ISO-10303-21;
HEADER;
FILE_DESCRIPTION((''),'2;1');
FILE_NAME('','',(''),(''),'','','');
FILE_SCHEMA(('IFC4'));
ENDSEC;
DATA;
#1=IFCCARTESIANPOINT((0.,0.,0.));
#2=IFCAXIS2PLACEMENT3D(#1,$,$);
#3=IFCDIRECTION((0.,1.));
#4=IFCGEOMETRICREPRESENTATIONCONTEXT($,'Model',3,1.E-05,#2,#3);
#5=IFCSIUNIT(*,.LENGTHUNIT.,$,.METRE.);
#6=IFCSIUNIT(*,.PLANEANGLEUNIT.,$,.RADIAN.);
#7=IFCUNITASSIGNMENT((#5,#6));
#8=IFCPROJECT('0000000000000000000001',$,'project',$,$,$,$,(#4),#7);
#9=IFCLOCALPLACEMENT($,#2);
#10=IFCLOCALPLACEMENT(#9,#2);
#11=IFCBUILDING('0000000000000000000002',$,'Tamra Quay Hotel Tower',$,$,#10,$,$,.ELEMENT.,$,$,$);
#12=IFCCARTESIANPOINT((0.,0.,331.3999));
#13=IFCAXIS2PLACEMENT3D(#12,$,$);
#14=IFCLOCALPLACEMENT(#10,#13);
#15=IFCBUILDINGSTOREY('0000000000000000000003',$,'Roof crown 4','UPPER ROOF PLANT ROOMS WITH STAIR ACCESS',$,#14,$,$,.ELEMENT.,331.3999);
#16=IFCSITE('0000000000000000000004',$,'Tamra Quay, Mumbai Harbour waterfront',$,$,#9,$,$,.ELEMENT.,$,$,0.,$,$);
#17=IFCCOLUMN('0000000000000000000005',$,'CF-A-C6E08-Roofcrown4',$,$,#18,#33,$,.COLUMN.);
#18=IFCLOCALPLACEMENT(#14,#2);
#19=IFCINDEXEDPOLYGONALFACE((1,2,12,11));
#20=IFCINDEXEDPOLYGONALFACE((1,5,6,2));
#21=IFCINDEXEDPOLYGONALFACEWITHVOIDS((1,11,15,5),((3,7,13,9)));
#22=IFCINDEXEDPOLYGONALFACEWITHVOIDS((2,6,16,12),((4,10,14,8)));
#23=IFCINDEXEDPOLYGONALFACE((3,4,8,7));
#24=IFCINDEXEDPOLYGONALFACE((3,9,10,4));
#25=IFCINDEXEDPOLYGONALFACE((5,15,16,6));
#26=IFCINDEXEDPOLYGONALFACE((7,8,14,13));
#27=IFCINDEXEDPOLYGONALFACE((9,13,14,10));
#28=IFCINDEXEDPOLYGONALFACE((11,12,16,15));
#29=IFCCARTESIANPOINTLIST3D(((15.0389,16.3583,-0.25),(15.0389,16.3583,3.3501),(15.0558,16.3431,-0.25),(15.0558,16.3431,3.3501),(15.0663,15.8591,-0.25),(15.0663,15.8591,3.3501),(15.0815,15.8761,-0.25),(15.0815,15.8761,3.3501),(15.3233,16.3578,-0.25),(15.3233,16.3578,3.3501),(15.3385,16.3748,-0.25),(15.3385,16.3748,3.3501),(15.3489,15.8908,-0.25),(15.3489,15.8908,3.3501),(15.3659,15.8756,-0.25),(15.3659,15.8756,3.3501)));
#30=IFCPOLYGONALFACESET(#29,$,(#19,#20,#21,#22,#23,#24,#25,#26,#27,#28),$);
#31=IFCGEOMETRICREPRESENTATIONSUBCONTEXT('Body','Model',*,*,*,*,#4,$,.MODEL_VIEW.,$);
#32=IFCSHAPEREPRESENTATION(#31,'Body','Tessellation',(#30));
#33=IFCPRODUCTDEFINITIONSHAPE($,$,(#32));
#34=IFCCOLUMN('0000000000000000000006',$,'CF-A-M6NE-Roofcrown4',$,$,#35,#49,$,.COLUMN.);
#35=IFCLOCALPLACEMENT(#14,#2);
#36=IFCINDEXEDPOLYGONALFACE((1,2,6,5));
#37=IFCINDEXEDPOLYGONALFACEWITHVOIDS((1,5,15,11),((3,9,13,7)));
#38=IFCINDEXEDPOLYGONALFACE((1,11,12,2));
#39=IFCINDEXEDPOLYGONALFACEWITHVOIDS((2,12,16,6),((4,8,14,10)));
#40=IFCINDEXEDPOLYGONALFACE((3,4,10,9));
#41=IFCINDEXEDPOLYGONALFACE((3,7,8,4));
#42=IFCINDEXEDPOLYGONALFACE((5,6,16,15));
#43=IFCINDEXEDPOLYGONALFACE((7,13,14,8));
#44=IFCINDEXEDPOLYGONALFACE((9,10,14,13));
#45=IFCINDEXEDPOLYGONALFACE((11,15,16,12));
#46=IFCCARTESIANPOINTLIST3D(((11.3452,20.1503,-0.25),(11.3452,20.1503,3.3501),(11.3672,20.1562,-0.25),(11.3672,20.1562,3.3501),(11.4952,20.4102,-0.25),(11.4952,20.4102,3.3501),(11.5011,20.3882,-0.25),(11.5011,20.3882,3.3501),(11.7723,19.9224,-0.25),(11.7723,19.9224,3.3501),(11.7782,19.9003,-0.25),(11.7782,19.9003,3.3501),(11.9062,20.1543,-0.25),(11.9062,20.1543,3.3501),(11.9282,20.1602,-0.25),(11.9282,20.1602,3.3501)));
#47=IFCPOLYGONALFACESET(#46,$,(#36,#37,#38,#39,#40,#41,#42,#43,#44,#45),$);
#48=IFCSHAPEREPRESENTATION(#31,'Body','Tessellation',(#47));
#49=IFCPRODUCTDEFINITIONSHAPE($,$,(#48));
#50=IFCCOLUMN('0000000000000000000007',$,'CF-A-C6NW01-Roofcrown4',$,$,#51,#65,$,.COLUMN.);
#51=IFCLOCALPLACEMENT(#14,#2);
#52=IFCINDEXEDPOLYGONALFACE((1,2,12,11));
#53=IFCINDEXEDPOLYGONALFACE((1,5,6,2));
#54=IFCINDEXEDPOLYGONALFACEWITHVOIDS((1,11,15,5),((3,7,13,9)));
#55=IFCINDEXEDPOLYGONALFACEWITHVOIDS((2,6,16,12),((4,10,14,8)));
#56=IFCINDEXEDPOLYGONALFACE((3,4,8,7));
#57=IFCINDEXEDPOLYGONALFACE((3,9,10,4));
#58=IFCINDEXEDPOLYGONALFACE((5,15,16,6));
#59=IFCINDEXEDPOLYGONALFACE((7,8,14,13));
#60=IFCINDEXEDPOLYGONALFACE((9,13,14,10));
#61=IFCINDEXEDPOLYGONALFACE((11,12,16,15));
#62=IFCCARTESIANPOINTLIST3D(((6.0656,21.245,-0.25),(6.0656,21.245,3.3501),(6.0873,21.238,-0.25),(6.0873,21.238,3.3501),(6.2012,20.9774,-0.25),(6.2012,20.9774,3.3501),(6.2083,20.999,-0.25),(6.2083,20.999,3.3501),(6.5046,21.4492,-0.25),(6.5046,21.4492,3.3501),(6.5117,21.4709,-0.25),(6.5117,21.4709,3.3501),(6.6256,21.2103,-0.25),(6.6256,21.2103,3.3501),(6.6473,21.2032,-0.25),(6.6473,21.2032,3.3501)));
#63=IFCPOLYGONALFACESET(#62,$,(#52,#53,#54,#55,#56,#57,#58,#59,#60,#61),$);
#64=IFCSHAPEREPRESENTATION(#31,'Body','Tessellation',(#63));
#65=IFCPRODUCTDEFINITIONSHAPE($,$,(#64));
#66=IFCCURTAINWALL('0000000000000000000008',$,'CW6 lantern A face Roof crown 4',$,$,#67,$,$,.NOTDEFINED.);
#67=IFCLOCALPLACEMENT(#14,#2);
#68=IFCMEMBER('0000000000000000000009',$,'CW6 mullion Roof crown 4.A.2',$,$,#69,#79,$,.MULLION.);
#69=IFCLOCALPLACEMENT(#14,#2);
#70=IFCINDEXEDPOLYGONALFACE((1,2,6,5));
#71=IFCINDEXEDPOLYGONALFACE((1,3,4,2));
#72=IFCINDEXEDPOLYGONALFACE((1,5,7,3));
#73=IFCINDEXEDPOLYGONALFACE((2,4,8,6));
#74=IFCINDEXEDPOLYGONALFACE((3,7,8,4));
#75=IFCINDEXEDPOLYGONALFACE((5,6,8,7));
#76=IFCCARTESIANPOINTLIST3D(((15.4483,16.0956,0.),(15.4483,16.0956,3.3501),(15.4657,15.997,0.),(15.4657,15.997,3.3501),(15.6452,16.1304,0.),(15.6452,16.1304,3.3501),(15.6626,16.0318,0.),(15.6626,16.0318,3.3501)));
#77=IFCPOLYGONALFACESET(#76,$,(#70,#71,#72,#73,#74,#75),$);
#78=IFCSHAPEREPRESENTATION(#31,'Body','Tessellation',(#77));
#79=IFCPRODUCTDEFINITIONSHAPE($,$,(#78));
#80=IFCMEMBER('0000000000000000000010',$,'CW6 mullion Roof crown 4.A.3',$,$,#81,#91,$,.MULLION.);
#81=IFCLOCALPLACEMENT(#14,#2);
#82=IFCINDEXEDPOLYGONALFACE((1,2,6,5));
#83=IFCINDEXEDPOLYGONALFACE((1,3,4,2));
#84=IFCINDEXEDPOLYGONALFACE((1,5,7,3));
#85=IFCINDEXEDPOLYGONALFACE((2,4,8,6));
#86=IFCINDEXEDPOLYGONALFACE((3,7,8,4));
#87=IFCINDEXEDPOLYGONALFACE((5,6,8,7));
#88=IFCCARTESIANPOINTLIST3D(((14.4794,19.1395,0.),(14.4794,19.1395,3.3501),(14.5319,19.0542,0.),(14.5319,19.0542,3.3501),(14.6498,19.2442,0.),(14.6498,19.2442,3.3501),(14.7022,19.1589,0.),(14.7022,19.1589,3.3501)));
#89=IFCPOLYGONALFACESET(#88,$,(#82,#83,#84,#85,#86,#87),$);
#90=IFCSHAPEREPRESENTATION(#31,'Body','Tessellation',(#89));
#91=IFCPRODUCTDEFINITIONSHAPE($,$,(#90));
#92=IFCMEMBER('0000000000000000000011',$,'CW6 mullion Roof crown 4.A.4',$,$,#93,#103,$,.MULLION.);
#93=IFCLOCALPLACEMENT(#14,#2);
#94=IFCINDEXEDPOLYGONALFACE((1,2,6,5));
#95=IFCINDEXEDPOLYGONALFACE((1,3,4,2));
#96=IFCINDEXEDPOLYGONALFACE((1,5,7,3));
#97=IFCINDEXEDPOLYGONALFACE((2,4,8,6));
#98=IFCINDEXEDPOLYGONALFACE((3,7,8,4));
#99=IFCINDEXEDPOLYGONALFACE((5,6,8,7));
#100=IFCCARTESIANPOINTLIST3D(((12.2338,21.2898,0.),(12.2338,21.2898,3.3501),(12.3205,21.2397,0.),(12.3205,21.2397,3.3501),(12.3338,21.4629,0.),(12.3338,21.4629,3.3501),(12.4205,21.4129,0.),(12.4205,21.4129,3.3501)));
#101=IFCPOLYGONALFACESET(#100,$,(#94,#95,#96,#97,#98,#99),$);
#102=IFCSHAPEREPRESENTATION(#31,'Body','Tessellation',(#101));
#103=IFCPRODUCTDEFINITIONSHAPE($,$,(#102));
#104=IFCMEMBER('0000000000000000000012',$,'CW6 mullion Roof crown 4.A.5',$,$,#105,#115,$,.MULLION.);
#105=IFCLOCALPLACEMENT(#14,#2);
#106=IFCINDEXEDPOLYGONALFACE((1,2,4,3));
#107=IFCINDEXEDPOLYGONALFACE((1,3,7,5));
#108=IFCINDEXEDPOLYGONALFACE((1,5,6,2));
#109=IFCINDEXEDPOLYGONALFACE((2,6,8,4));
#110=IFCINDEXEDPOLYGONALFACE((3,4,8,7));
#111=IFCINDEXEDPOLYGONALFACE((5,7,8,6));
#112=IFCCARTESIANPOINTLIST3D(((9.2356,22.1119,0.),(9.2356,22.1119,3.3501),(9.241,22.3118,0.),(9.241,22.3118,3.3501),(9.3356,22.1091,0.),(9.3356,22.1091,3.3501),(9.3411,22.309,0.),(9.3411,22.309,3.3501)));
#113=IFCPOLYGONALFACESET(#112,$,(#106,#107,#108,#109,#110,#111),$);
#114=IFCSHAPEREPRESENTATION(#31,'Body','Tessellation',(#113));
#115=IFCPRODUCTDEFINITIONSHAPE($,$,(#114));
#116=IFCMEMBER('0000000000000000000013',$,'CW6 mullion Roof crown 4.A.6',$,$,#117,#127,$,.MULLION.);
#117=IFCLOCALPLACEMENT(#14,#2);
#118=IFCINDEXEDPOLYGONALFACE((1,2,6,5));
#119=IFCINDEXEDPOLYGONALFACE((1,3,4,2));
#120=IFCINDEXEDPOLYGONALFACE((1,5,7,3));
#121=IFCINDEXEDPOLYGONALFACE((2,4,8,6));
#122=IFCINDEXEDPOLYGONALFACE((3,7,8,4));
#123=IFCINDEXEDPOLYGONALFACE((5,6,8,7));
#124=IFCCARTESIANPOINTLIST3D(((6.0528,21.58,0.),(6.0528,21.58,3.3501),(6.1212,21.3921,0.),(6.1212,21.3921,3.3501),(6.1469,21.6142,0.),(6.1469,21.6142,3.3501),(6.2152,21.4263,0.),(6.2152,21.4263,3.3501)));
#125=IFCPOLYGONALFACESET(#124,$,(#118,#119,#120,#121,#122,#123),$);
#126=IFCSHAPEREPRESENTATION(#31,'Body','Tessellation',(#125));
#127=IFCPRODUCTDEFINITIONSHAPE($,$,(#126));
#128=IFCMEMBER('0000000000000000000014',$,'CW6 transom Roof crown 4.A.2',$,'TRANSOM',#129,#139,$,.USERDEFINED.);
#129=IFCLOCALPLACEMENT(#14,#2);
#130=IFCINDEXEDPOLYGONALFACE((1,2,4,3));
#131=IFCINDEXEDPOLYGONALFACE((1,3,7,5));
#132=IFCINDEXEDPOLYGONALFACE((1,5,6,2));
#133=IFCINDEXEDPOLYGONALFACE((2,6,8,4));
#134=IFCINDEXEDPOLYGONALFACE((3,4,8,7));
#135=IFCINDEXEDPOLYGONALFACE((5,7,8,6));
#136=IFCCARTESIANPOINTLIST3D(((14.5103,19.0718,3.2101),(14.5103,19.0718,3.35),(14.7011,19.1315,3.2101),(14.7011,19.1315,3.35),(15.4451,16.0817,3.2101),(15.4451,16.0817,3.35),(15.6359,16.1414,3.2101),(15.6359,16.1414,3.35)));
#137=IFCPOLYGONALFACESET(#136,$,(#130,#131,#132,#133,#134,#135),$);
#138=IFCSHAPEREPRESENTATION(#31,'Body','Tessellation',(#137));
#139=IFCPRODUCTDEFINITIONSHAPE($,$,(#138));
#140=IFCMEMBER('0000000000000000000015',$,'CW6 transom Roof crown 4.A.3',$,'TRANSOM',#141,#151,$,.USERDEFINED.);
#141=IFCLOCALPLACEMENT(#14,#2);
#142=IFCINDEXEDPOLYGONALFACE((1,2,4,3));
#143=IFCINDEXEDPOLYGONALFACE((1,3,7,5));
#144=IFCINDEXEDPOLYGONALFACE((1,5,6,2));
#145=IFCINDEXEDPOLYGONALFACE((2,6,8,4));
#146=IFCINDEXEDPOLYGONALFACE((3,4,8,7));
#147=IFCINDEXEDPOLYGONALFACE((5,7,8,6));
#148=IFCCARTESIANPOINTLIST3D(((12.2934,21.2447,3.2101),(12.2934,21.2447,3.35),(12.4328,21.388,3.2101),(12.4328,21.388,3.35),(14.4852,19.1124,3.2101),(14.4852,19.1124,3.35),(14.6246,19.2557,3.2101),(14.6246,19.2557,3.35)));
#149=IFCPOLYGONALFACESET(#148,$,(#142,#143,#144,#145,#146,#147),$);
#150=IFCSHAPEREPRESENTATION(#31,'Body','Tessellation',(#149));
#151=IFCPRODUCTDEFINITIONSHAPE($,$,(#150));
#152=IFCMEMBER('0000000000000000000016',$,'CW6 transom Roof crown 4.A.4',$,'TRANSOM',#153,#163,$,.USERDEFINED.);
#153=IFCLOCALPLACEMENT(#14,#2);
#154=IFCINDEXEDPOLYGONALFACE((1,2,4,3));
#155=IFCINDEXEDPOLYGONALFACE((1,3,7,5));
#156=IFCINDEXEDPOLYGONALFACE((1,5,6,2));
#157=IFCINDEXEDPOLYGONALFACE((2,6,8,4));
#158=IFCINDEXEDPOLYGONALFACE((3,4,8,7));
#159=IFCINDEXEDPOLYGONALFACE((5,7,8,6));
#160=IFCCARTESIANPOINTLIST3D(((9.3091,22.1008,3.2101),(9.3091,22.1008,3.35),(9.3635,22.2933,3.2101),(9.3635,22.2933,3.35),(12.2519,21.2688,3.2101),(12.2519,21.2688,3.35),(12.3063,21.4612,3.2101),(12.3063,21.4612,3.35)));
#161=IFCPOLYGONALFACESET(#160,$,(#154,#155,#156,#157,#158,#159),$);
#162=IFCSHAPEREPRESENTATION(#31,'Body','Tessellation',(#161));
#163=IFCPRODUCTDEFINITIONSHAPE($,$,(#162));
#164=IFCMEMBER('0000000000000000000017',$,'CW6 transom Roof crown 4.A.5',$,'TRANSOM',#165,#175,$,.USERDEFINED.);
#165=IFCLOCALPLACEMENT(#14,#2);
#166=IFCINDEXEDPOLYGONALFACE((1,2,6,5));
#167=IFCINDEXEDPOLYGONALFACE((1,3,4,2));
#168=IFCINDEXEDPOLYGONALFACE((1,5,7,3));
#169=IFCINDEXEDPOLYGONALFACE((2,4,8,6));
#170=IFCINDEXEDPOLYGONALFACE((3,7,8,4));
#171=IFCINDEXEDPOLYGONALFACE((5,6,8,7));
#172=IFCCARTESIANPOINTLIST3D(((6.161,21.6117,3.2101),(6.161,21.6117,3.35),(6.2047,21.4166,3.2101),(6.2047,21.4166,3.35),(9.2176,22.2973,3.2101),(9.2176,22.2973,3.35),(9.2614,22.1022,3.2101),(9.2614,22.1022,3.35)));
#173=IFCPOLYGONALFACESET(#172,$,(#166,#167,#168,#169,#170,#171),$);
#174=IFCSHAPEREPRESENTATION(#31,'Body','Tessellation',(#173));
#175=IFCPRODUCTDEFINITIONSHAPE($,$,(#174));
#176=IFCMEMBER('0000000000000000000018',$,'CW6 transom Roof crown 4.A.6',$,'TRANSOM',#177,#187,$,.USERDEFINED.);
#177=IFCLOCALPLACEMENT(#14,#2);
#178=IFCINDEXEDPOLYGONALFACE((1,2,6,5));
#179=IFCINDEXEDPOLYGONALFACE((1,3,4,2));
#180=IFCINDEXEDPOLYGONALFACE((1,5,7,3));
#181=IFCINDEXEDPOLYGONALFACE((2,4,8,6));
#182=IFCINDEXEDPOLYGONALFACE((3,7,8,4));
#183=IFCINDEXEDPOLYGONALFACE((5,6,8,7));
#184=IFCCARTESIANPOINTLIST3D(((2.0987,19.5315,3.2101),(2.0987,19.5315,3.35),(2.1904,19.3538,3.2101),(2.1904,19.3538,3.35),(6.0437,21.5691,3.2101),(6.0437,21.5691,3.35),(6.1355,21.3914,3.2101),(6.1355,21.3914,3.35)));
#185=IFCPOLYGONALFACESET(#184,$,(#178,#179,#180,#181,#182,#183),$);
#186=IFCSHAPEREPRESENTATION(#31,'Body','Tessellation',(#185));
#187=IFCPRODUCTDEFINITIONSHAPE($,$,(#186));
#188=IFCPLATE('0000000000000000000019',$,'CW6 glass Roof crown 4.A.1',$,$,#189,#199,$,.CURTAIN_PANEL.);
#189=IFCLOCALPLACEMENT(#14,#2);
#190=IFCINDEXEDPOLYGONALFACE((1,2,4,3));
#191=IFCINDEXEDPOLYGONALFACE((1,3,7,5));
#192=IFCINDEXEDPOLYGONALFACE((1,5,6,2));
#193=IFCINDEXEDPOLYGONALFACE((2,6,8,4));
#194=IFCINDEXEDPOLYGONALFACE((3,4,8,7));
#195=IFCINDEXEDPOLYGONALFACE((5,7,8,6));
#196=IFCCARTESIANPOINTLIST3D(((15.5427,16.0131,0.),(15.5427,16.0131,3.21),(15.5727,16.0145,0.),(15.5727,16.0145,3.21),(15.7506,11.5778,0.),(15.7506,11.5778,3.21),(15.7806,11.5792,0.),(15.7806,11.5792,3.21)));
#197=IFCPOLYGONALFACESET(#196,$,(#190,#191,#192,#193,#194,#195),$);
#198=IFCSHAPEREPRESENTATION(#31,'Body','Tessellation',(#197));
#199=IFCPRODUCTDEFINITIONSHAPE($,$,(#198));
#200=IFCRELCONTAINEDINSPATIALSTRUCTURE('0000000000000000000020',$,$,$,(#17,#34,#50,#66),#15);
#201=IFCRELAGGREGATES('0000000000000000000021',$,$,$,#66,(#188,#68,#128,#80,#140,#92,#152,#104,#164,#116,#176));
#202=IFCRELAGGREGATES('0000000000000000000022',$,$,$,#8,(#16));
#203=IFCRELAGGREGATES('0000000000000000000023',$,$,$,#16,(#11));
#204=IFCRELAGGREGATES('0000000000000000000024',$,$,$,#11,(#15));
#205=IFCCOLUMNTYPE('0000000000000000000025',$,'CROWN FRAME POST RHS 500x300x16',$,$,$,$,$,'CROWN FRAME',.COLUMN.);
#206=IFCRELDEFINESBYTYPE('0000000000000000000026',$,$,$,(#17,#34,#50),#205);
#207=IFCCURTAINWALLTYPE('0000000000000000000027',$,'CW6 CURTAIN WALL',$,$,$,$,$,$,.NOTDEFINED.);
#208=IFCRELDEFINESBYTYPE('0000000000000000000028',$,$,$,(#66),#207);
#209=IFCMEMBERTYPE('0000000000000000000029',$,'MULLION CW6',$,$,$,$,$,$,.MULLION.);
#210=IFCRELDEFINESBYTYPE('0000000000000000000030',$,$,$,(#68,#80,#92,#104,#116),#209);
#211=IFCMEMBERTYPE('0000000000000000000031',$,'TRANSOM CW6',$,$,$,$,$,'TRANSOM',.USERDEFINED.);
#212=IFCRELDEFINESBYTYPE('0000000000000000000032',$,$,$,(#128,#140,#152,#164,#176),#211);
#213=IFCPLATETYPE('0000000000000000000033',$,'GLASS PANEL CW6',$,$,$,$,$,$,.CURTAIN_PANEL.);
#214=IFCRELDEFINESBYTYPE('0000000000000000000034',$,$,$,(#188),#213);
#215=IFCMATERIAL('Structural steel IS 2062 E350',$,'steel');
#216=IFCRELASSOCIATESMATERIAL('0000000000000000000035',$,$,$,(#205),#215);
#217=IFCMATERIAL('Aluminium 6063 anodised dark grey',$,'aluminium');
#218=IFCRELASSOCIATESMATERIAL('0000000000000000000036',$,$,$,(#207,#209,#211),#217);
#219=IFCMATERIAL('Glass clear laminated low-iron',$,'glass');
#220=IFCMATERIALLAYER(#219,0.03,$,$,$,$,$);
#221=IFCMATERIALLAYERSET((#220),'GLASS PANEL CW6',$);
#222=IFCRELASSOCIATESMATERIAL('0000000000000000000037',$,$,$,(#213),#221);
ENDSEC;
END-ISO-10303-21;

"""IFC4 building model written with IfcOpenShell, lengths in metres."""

from ifc_helpers import new_model, si_unit, direction, frame, origin, origin_2d, place, context, subcontext, project, spatial, rectangle, hollow_rectangle, extrude, material, layer, layer_set, material_profile, profile_set, type_object, element, aggregate, save


model = new_model("IFC4")

# Units and contexts
model_context = context("Model", 3, precision=1e-05, world=origin(), true_north=direction((0.0, 1.0)))
body_context = subcontext(model_context, "Body", "Model", "MODEL_VIEW")
ifc_project = project(units=[si_unit("LENGTHUNIT", "METRE"), si_unit("PLANEANGLEUNIT", "RADIAN")], contexts=[model_context])

# Site, building, storey
site_placement = place(None, origin())
site = spatial("IfcSite", under=ifc_project, at=site_placement, Name="Tamra Quay, Mumbai Harbour waterfront", CompositionType="ELEMENT", RefElevation=0.0)
building_placement = place(site_placement, origin())
building = spatial("IfcBuilding", under=site, at=building_placement, Name="Tamra Quay Hotel Tower", CompositionType="ELEMENT")
storey_placement = place(building_placement, frame((0.0, 0.0, 331.3999)))
storey = spatial("IfcBuildingStorey", under=building, at=storey_placement, Name="Roof crown 4", Description="UPPER ROOF PLANT ROOMS WITH STAIR ACCESS", CompositionType="ELEMENT", Elevation=331.3999)

# Columns
ifc_material_1 = material(Name="Structural steel IS 2062 E350", Category="steel")
ifc_material_profile_1 = material_profile(ifc_material_1, hollow_rectangle(XDim=0.3, YDim=0.5, WallThickness=0.0161, at=origin_2d()), Name="RHS 500x300x16")
ifc_profile_set_1 = profile_set([ifc_material_profile_1], Name="Structural steel IS 2062 E350")
column_type = type_object("IfcColumnType", Name="CROWN FRAME POST RHS 500x300x16", ElementType="CROWN FRAME", PredefinedType="COLUMN", material=ifc_profile_set_1)
for number, where, z_axis, x_axis, name in (
    (1, (15.2024, 16.1169, -0.25), (0.0, 0.0, 1.0), (0.998491, 0.054917, 0.0), "CF-A-C6E08-Roofcrown4"),
    (2, (11.6367, 20.1553, -0.25), (0.0, 0.0, 1.0), (0.5, 0.866025, 0.0), "CF-A-M6NE-Roofcrown4"),
    (3, (6.3564, 21.2241, -0.25), (0.0, 0.0, 1.0), (-0.451686, 0.892177, 0.0), "CF-A-C6NW01-Roofcrown4"),
):
    element("IfcColumn", number, at=place(storey_placement, frame(where, z_axis=z_axis, x_axis=x_axis)), inside=storey, type_object=column_type, Name=name, PredefinedType="COLUMN", context=body_context, shape_type="SweptSolid", body=[
        extrude(hollow_rectangle(XDim=0.3, YDim=0.5, WallThickness=0.0161, at=origin_2d()), origin(), (0.0, 0.0, 1.0), 3.6001),
    ])

# Curtain wall, members, plate
ifc_material_2 = material(Name="Aluminium 6063 anodised dark grey", Category="aluminium")
curtain_wall_type = type_object("IfcCurtainWallType", Name="CW6 CURTAIN WALL", PredefinedType="NOTDEFINED", material=ifc_material_2)
curtain_wall_placement = place(storey_placement, origin())
curtain_wall = element("IfcCurtainWall", 4, at=curtain_wall_placement, inside=storey, type_object=curtain_wall_type, Name="CW6 lantern A face Roof crown 4", PredefinedType="NOTDEFINED")
ifc_material_profile_2 = material_profile(ifc_material_2, rectangle(XDim=0.2, YDim=0.1001, at=origin_2d()), Name="MULLION 100X200")
ifc_profile_set_2 = profile_set([ifc_material_profile_2], Name="Aluminium 6063 anodised dark grey")
member_type_1 = type_object("IfcMemberType", Name="MULLION CW6", PredefinedType="MULLION", material=ifc_profile_set_2)
member_1_placement = place(storey_placement, frame((15.5554, 16.0637, 0.0), z_axis=(0.0, 0.0, 1.0), x_axis=(0.98474, 0.174032, 0.0)))
member_1 = element("IfcMember", 5, at=member_1_placement, type_object=member_type_1, Name="CW6 mullion Roof crown 4.A.2", PredefinedType="MULLION", context=body_context, shape_type="SweptSolid", body=[
    extrude(rectangle(XDim=0.2, YDim=0.1001, at=origin_2d()), origin(), (0.0, 0.0, 1.0), 3.3501),
])
member_2_placement = place(storey_placement, frame((14.5908, 19.1492, 0.0), z_axis=(0.0, 0.0, 1.0), x_axis=(0.851964, 0.5236, 0.0)))
member_2 = element("IfcMember", 6, at=member_2_placement, type_object=member_type_1, Name="CW6 mullion Roof crown 4.A.3", PredefinedType="MULLION", context=body_context, shape_type="SweptSolid", body=[
    extrude(rectangle(XDim=0.2, YDim=0.1001, at=origin_2d()), origin(), (0.0, 0.0, 1.0), 3.3501),
])
member_3_placement = place(storey_placement, frame((12.3271, 21.3513, 0.0), z_axis=(0.0, 0.0, 1.0), x_axis=(0.5, 0.866025, 0.0)))
member_3 = element("IfcMember", 7, at=member_3_placement, type_object=member_type_1, Name="CW6 mullion Roof crown 4.A.4", PredefinedType="MULLION", context=body_context, shape_type="SweptSolid", body=[
    extrude(rectangle(XDim=0.2, YDim=0.1001, at=origin_2d()), origin(), (0.0, 0.0, 1.0), 3.3501),
])
member_4_placement = place(storey_placement, frame((9.2883, 22.2104, 0.0), z_axis=(0.0, 0.0, 1.0), x_axis=(0.027469, 0.999623, 0.0)))
member_4 = element("IfcMember", 8, at=member_4_placement, type_object=member_type_1, Name="CW6 mullion Roof crown 4.A.5", PredefinedType="MULLION", context=body_context, shape_type="SweptSolid", body=[
    extrude(rectangle(XDim=0.2, YDim=0.1001, at=origin_2d()), origin(), (0.0, 0.0, 1.0), 3.3501),
])
member_5_placement = place(storey_placement, frame((6.134, 21.5032, 0.0), z_axis=(0.0, 0.0, 1.0), x_axis=(-0.341653, 0.939826, 0.0)))
member_5 = element("IfcMember", 9, at=member_5_placement, type_object=member_type_1, Name="CW6 mullion Roof crown 4.A.6", PredefinedType="MULLION", context=body_context, shape_type="SweptSolid", body=[
    extrude(rectangle(XDim=0.2, YDim=0.1001, at=origin_2d()), origin(), (0.0, 0.0, 1.0), 3.3501),
])
ifc_material_profile_3 = material_profile(ifc_material_2, rectangle(XDim=0.2, YDim=0.1399, at=origin_2d()), Name="TRANSOM 200X140")
ifc_profile_set_3 = profile_set([ifc_material_profile_3], Name="Aluminium 6063 anodised dark grey")
member_type_2 = type_object("IfcMemberType", Name="TRANSOM CW6", ElementType="TRANSOM", PredefinedType="USERDEFINED", material=ifc_profile_set_3)
member_6_placement = place(storey_placement, frame((15.5405, 16.1116, 3.28), z_axis=(-0.298404, 0.95444, 0.0), x_axis=(-0.95444, -0.298404, 0.0)))
member_6 = element("IfcMember", 10, at=member_6_placement, type_object=member_type_2, Name="CW6 transom Roof crown 4.A.2", ObjectType="TRANSOM", PredefinedType="USERDEFINED", context=body_context, shape_type="SweptSolid", body=[
    extrude(rectangle(XDim=0.2, YDim=0.1399, at=origin_2d()), origin(), (0.0, 0.0, 1.0), 3.1328),
])
member_7_placement = place(storey_placement, frame((14.5549, 19.1841, 3.28), z_axis=(-0.71678, 0.6973, 0.0), x_axis=(-0.6973, -0.71678, 0.0)))
member_7 = element("IfcMember", 11, at=member_7_placement, type_object=member_type_2, Name="CW6 transom Roof crown 4.A.3", ObjectType="TRANSOM", PredefinedType="USERDEFINED", context=body_context, shape_type="SweptSolid", body=[
    extrude(rectangle(XDim=0.2, YDim=0.1399, at=origin_2d()), origin(), (0.0, 0.0, 1.0), 3.0579),
])
member_8_placement = place(storey_placement, frame((12.2791, 21.365, 3.28), z_axis=(-0.962274, 0.272084, 0.0), x_axis=(-0.272084, -0.962274, 0.0)))
member_8 = element("IfcMember", 12, at=member_8_placement, type_object=member_type_2, Name="CW6 transom Roof crown 4.A.4", ObjectType="TRANSOM", PredefinedType="USERDEFINED", context=body_context, shape_type="SweptSolid", body=[
    extrude(rectangle(XDim=0.2, YDim=0.1399, at=origin_2d()), origin(), (0.0, 0.0, 1.0), 3.0581),
])
member_9_placement = place(storey_placement, frame((9.2395, 22.1997, 3.28), z_axis=(-0.97576, -0.218845, 0.0), x_axis=(0.218845, -0.97576, 0.0)))
member_9 = element("IfcMember", 13, at=member_9_placement, type_object=member_type_2, Name="CW6 transom Roof crown 4.A.5", ObjectType="TRANSOM", PredefinedType="USERDEFINED", context=body_context, shape_type="SweptSolid", body=[
    extrude(rectangle(XDim=0.2, YDim=0.1399, at=origin_2d()), origin(), (0.0, 0.0, 1.0), 3.1326),
])
member_10_placement = place(storey_placement, frame((6.0896, 21.4802, 3.28), z_axis=(-0.888489, -0.458898, 0.0), x_axis=(0.458898, -0.888489, 0.0)))
member_10 = element("IfcMember", 14, at=member_10_placement, type_object=member_type_2, Name="CW6 transom Roof crown 4.A.6", ObjectType="TRANSOM", PredefinedType="USERDEFINED", context=body_context, shape_type="SweptSolid", body=[
    extrude(rectangle(XDim=0.2, YDim=0.1399, at=origin_2d()), origin(), (0.0, 0.0, 1.0), 4.4402),
])
ifc_material_3 = material(Name="Glass clear laminated low-iron", Category="glass")
ifc_layer_1 = layer(ifc_material_3, 0.03)
ifc_layer_set_1 = layer_set([ifc_layer_1], Name="GLASS PANEL CW6")
plate_type = type_object("IfcPlateType", Name="GLASS PANEL CW6", PredefinedType="CURTAIN_PANEL", material=ifc_layer_set_1)
plate_1_placement = place(storey_placement, frame((15.6616, 13.7961, 0.0), z_axis=(0.0, 0.0, 1.0), x_axis=(-0.046821, 0.998903, 0.0)))
plate_1 = element("IfcPlate", 15, at=plate_1_placement, type_object=plate_type, Name="CW6 glass Roof crown 4.A.1", PredefinedType="CURTAIN_PANEL", context=body_context, shape_type="SweptSolid", body=[
    extrude(rectangle(XDim=4.4402, YDim=0.03, at=origin_2d()), origin(), (0.0, 0.0, 1.0), 3.21),
])
aggregate(curtain_wall, [plate_1, member_1, member_6, member_2, member_7, member_3, member_8, member_4, member_9, member_5, member_10])

save(model, "model.ifc")
